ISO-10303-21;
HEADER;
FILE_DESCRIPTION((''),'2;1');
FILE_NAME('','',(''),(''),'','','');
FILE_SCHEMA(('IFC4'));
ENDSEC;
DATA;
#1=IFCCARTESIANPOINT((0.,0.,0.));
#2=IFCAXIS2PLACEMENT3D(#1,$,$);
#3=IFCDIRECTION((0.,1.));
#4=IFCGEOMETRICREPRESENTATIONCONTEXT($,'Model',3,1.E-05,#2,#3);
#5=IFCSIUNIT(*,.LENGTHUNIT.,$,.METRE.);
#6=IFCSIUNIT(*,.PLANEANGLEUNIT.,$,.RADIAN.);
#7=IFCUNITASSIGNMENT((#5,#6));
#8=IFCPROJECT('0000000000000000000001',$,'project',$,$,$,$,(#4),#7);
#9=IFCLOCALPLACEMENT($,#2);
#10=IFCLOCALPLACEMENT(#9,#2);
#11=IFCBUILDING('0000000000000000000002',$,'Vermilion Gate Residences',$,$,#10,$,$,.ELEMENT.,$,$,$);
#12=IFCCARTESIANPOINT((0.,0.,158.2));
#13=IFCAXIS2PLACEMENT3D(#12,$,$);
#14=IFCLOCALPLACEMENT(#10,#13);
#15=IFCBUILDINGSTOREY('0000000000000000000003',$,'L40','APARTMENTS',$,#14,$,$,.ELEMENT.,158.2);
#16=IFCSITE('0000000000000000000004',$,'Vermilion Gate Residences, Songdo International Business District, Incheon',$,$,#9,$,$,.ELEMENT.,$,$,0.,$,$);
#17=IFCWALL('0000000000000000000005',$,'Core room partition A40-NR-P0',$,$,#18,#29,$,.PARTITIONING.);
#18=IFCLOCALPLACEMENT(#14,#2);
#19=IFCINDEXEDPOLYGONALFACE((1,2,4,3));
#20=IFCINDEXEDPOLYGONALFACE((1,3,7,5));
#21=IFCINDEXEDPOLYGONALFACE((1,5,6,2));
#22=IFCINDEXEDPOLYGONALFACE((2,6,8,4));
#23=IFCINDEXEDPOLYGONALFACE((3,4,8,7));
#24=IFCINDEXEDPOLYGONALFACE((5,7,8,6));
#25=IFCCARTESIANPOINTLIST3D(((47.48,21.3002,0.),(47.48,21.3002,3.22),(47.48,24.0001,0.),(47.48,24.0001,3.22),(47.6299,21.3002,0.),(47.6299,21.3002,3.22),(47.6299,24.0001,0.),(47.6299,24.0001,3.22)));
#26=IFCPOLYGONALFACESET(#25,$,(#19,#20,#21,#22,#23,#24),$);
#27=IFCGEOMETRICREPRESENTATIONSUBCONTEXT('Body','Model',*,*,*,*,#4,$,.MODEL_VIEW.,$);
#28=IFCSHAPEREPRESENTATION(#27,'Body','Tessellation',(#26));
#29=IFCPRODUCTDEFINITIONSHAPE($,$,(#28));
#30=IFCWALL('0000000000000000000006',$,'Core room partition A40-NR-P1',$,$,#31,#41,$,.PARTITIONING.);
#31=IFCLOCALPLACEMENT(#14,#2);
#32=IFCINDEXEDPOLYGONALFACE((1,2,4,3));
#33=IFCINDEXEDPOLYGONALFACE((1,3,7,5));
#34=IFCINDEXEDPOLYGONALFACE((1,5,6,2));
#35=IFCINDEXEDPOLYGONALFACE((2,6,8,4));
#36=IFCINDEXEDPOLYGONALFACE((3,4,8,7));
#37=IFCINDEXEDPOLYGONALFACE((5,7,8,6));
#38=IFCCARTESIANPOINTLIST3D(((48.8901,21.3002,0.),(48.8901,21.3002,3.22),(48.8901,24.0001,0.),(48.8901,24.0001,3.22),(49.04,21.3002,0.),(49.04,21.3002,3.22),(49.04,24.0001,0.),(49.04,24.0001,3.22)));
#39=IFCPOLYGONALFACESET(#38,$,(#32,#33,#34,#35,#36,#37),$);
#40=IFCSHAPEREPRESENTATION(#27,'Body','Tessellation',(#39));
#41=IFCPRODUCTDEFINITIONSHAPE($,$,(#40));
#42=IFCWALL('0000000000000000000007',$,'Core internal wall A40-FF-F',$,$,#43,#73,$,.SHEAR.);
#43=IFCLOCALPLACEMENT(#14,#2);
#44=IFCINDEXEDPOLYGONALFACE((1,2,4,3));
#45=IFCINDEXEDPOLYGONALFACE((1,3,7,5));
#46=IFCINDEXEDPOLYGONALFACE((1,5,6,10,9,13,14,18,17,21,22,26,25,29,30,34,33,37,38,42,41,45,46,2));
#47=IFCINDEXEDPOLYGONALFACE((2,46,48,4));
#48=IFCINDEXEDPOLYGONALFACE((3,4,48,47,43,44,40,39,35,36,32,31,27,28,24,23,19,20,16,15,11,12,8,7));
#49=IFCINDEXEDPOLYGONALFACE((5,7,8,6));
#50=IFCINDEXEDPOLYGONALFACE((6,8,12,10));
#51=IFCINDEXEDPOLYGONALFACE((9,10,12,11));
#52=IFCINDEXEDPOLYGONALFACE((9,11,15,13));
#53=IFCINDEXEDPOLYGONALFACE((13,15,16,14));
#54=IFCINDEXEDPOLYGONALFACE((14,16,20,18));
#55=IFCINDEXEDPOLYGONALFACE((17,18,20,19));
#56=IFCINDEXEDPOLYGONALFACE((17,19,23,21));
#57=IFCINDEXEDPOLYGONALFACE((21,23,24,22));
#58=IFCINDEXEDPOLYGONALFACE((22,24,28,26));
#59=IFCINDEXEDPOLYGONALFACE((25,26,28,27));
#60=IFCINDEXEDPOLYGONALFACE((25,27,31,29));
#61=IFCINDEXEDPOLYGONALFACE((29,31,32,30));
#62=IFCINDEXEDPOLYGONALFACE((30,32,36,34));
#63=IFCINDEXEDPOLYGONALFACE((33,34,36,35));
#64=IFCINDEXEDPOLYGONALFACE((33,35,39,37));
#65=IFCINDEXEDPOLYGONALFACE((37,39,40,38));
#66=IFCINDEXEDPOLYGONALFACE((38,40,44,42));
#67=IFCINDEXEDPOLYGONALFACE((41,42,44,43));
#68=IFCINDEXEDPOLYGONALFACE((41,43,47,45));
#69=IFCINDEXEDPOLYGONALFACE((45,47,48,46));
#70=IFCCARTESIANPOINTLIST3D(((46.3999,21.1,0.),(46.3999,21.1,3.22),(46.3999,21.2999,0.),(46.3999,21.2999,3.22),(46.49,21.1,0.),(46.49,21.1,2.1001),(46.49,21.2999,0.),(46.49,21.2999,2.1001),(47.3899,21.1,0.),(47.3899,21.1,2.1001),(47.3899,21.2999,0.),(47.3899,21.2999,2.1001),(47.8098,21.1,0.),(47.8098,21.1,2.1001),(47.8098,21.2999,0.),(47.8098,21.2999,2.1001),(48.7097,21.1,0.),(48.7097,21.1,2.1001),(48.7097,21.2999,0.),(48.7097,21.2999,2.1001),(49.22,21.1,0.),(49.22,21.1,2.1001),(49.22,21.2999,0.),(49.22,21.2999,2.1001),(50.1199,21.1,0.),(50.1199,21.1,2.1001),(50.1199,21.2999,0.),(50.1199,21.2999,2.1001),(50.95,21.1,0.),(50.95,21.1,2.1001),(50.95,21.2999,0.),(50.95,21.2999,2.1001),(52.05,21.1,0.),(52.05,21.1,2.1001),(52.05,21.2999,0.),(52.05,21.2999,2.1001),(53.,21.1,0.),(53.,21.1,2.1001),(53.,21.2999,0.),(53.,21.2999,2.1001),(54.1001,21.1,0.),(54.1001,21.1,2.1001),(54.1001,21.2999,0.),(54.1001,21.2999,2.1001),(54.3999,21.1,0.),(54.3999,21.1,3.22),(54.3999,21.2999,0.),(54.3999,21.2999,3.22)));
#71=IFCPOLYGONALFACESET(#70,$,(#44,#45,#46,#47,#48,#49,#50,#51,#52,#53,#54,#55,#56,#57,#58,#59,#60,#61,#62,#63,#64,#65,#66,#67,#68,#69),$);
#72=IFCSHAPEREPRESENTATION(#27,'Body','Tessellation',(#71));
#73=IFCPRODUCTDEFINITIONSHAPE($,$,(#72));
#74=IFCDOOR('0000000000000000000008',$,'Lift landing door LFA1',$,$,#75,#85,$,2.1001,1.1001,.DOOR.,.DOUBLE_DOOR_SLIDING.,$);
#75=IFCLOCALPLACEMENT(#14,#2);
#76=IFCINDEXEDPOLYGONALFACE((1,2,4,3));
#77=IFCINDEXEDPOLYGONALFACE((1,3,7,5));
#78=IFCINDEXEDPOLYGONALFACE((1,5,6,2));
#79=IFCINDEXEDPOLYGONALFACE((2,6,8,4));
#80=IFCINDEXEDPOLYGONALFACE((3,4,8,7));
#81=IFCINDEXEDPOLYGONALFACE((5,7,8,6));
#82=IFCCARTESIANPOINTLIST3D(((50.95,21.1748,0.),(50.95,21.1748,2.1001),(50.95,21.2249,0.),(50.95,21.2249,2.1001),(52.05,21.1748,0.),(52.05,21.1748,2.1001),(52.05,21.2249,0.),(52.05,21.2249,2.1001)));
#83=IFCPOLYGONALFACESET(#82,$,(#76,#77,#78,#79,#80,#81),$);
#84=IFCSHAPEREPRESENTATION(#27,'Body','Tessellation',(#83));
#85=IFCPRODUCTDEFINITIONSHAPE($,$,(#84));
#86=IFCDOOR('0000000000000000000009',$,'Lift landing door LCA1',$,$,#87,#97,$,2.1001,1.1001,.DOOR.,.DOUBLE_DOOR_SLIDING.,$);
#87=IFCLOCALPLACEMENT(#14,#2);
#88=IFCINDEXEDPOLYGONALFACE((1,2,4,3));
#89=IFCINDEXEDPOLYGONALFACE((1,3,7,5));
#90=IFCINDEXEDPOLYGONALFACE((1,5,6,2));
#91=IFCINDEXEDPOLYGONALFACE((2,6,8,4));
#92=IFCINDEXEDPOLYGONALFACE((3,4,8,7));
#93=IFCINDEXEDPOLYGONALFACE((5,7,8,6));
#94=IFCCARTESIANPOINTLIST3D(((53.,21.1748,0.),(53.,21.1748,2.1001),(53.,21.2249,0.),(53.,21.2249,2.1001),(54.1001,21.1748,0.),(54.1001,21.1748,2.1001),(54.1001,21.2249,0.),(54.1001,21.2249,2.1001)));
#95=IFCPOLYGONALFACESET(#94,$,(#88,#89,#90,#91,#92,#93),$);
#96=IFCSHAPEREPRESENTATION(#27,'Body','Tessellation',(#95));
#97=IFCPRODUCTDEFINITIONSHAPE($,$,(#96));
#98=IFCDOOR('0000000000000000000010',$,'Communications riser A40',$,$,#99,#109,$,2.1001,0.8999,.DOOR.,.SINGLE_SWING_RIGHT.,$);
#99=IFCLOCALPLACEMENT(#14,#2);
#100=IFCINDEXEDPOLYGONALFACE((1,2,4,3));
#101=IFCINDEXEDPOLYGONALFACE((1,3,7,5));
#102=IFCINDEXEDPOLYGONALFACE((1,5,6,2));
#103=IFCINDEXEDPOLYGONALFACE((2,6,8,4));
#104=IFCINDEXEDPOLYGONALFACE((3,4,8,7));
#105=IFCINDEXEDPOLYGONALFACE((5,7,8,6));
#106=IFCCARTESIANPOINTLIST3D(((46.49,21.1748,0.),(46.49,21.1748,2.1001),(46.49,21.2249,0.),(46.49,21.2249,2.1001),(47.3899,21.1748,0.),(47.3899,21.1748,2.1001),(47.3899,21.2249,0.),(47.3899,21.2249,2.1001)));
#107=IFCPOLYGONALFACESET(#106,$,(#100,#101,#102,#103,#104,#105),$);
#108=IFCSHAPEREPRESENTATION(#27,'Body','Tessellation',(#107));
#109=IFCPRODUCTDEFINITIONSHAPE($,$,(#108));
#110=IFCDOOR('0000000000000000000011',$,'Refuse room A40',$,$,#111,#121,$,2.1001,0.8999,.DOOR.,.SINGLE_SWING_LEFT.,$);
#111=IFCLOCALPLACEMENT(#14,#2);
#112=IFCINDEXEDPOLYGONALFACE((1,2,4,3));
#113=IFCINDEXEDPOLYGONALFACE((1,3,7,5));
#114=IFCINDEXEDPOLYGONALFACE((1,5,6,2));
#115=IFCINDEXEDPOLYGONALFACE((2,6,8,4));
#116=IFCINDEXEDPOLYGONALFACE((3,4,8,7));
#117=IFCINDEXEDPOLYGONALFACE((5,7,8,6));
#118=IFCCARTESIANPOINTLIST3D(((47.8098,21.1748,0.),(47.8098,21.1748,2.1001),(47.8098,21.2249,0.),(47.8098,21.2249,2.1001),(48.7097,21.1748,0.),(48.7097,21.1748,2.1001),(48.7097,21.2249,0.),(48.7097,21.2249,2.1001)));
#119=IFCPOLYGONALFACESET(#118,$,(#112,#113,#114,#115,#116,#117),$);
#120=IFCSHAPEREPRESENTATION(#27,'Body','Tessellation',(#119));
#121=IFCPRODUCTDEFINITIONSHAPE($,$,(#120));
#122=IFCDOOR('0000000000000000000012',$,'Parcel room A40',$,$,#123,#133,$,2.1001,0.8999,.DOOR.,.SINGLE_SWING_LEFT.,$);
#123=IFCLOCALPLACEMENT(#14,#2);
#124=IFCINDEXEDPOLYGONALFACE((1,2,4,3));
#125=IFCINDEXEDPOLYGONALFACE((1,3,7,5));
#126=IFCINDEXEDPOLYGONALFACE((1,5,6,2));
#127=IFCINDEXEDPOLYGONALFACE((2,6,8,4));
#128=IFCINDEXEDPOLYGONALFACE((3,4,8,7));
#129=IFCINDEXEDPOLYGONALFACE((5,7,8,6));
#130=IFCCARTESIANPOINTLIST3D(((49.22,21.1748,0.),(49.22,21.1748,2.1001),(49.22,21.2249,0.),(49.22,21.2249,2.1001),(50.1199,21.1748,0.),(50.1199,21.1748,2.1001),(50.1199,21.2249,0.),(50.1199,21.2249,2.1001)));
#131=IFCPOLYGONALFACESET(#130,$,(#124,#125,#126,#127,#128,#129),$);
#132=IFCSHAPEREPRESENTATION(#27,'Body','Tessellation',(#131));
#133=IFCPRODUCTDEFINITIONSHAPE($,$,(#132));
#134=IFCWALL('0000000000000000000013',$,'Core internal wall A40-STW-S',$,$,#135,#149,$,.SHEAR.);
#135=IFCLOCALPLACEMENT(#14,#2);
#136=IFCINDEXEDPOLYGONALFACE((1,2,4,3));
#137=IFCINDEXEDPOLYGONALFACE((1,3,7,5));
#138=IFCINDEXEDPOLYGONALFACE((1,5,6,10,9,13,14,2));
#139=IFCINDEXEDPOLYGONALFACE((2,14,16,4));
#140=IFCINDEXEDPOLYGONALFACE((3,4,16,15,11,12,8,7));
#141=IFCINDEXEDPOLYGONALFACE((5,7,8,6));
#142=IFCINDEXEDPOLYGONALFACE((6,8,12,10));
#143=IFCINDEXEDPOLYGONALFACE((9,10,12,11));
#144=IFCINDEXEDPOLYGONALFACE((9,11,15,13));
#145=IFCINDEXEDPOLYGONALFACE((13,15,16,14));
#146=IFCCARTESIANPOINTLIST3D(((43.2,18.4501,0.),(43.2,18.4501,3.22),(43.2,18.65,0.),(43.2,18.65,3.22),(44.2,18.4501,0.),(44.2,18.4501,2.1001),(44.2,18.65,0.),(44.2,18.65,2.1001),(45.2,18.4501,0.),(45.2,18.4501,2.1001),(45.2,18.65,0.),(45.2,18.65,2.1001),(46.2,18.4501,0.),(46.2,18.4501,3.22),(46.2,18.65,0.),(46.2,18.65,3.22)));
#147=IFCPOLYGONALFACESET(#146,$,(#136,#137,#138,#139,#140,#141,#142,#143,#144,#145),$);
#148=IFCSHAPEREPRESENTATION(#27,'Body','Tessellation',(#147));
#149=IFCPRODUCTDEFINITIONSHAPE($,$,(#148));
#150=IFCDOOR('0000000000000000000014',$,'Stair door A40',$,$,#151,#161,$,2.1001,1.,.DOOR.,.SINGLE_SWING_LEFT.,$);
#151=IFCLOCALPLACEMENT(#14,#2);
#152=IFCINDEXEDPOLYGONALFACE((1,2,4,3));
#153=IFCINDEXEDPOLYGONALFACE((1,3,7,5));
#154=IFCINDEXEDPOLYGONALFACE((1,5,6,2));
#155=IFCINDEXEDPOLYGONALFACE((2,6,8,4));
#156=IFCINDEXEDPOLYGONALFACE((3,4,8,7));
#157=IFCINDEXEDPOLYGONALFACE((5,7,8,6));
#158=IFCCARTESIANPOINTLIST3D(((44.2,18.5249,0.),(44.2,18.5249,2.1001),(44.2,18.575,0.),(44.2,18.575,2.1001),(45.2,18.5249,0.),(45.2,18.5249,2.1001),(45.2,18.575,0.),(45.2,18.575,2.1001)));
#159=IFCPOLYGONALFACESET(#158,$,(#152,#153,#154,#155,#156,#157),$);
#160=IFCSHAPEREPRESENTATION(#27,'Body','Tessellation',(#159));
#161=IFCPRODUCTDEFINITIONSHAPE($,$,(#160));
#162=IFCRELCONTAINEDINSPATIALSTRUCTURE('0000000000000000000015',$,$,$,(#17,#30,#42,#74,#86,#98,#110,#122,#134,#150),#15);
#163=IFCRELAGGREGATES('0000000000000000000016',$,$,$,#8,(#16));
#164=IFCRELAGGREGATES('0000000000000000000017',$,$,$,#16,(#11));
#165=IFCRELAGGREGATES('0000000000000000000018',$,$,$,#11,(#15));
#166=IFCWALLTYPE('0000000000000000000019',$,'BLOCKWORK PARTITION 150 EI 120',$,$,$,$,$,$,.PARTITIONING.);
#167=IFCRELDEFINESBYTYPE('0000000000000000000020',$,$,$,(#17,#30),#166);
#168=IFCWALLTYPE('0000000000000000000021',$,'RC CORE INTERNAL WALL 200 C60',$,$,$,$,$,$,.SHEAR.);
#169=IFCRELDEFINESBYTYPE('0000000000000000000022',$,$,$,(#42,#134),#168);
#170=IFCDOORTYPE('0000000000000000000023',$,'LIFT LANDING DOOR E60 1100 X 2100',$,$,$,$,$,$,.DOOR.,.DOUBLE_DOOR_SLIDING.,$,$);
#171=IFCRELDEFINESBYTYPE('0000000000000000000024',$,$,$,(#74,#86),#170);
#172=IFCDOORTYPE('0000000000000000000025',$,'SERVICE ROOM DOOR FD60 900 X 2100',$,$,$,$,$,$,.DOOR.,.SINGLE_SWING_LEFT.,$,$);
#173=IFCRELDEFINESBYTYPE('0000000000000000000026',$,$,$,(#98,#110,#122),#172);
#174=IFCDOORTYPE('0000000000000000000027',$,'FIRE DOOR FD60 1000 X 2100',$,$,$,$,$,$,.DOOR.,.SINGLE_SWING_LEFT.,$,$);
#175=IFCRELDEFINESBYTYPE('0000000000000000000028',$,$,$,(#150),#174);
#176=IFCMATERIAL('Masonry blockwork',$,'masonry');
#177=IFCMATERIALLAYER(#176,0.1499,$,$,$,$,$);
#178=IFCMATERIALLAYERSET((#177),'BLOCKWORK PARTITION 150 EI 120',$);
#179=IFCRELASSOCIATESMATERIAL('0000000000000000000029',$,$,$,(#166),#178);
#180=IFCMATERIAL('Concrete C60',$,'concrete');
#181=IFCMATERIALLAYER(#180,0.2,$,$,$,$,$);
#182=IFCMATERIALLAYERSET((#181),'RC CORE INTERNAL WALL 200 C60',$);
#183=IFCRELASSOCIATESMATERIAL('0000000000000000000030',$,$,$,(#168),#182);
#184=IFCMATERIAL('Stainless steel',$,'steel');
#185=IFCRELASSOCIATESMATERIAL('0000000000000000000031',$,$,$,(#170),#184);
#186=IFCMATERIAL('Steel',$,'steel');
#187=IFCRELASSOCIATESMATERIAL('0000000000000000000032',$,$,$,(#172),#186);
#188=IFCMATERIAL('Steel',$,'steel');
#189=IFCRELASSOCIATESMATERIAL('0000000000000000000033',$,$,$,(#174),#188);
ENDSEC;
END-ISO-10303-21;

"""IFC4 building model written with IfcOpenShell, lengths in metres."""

from ifc_helpers import new_model, si_unit, direction, frame, frame_2d, origin, place, context, subcontext, project, spatial, rectangle, extrude, material, layer, layer_set, type_object, element, fill, save


model = new_model("IFC4")

# Units and contexts
model_context = context("Model", 3, precision=1e-05, world=origin(), true_north=direction((0.0, 1.0)))
body_context = subcontext(model_context, "Body", "Model", "MODEL_VIEW")
ifc_project = project(units=[si_unit("LENGTHUNIT", "METRE"), si_unit("PLANEANGLEUNIT", "RADIAN")], contexts=[model_context])

# Site, building, storey
site_placement = place(None, origin())
site = spatial("IfcSite", under=ifc_project, at=site_placement, Name="Vermilion Gate Residences, Songdo International Business District, Incheon", CompositionType="ELEMENT", RefElevation=0.0)
building_placement = place(site_placement, origin())
building = spatial("IfcBuilding", under=site, at=building_placement, Name="Vermilion Gate Residences", CompositionType="ELEMENT")
storey_placement = place(building_placement, frame((0.0, 0.0, 158.2)))
storey = spatial("IfcBuildingStorey", under=building, at=storey_placement, Name="L40", Description="APARTMENTS", CompositionType="ELEMENT", Elevation=158.2)

# Walls
ifc_material_1 = material(Name="Masonry blockwork", Category="masonry")
ifc_layer_1 = layer(ifc_material_1, 0.1499)
ifc_layer_set_1 = layer_set([ifc_layer_1], Name="BLOCKWORK PARTITION 150 EI 120")
wall_type_1 = type_object("IfcWallType", Name="BLOCKWORK PARTITION 150 EI 120", PredefinedType="PARTITIONING", material=ifc_layer_set_1)
for number, where, z_axis, x_axis, name in (
    (1, (47.5549, 21.3, 0.0), (0.0, 0.0, 1.0), (0.0, 1.0, 0.0), "Core room partition A40-NR-P0"),
    (2, (48.9651, 21.3, 0.0), (0.0, 0.0, 1.0), (0.0, 1.0, 0.0), "Core room partition A40-NR-P1"),
):
    element("IfcWall", number, at=place(storey_placement, frame(where, z_axis=z_axis, x_axis=x_axis)), inside=storey, type_object=wall_type_1, Name=name, PredefinedType="PARTITIONING", context=body_context, shape_type="SweptSolid", body=[
        extrude(rectangle(XDim=2.7, YDim=0.1499, at=frame_2d((1.3501, 0.0))), origin(), (0.0, 0.0, 1.0), 3.22),
    ])

# Wall, openings, doors
ifc_material_2 = material(Name="Concrete C60", Category="concrete")
ifc_layer_2 = layer(ifc_material_2, 0.2)
ifc_layer_set_2 = layer_set([ifc_layer_2], Name="RC CORE INTERNAL WALL 200 C60")
wall_type_2 = type_object("IfcWallType", Name="RC CORE INTERNAL WALL 200 C60", PredefinedType="SHEAR", material=ifc_layer_set_2)
wall_1_placement = place(storey_placement, frame((46.3999, 21.2, 0.0), z_axis=(0.0, 0.0, 1.0), x_axis=(1.0, 0.0, 0.0)))
wall_1 = element("IfcWall", 3, at=wall_1_placement, inside=storey, type_object=wall_type_2, Name="Core internal wall A40-FF-F", PredefinedType="SHEAR", context=body_context, shape_type="SweptSolid", body=[
    extrude(rectangle(XDim=8.0, YDim=0.2, at=frame_2d((4.0, 0.0))), origin(), (0.0, 0.0, 1.0), 3.22),
])
opening_1_placement = place(wall_1_placement, frame((0.0901, 0.0, 0.0)))
opening_1 = element("IfcOpeningElement", 4, at=opening_1_placement, cuts=wall_1, PredefinedType="OPENING", context=body_context, shape_type="SweptSolid", body=[
    extrude(rectangle(XDim=0.8999, YDim=2.1001, at=frame_2d((0.45, 1.05))), frame((0.0, 0.1099, 0.0), z_axis=(0.0, -1.0, 0.0), x_axis=(1.0, 0.0, 0.0)), (0.0, 0.0, 1.0), 0.22),
])
opening_2_placement = place(wall_1_placement, frame((1.4099, 0.0, 0.0)))
opening_2 = element("IfcOpeningElement", 5, at=opening_2_placement, cuts=wall_1, PredefinedType="OPENING", context=body_context, shape_type="SweptSolid", body=[
    extrude(rectangle(XDim=0.8999, YDim=2.1001, at=frame_2d((0.45, 1.05))), frame((0.0, 0.1099, 0.0), z_axis=(0.0, -1.0, 0.0), x_axis=(1.0, 0.0, 0.0)), (0.0, 0.0, 1.0), 0.22),
])
opening_3_placement = place(wall_1_placement, frame((2.8201, 0.0, 0.0)))
opening_3 = element("IfcOpeningElement", 6, at=opening_3_placement, cuts=wall_1, PredefinedType="OPENING", context=body_context, shape_type="SweptSolid", body=[
    extrude(rectangle(XDim=0.8999, YDim=2.1001, at=frame_2d((0.45, 1.05))), frame((0.0, 0.1099, 0.0), z_axis=(0.0, -1.0, 0.0), x_axis=(1.0, 0.0, 0.0)), (0.0, 0.0, 1.0), 0.22),
])
opening_4_placement = place(wall_1_placement, frame((4.55, 0.0, 0.0)))
opening_4 = element("IfcOpeningElement", 7, at=opening_4_placement, cuts=wall_1, PredefinedType="OPENING", context=body_context, shape_type="SweptSolid", body=[
    extrude(rectangle(XDim=1.1001, YDim=2.1001, at=frame_2d((0.55, 1.05))), frame((0.0, 0.1099, 0.0), z_axis=(0.0, -1.0, 0.0), x_axis=(1.0, 0.0, 0.0)), (0.0, 0.0, 1.0), 0.22),
])
opening_5_placement = place(wall_1_placement, frame((6.6001, 0.0, 0.0)))
opening_5 = element("IfcOpeningElement", 8, at=opening_5_placement, cuts=wall_1, PredefinedType="OPENING", context=body_context, shape_type="SweptSolid", body=[
    extrude(rectangle(XDim=1.1001, YDim=2.1001, at=frame_2d((0.55, 1.05))), frame((0.0, 0.1099, 0.0), z_axis=(0.0, -1.0, 0.0), x_axis=(1.0, 0.0, 0.0)), (0.0, 0.0, 1.0), 0.22),
])
ifc_material_3 = material(Name="Stainless steel", Category="steel")
door_type_1 = type_object("IfcDoorType", Name="LIFT LANDING DOOR E60 1100 X 2100", OperationType="DOUBLE_DOOR_SLIDING", PredefinedType="DOOR", material=ifc_material_3)
door_1_placement = place(opening_4_placement, origin())
door_1 = element("IfcDoor", 9, at=door_1_placement, inside=storey, type_object=door_type_1, Name="Lift landing door LFA1", OperationType="DOUBLE_DOOR_SLIDING", OverallHeight=2.1001, OverallWidth=1.1001, PredefinedType="DOOR", context=body_context, shape_type="SweptSolid", body=[
    extrude(rectangle(XDim=1.1001, YDim=2.1001, at=frame_2d((0.55, 1.05))), frame((0.0, 0.0249, 0.0), z_axis=(0.0, -1.0, 0.0), x_axis=(1.0, 0.0, 0.0)), (0.0, 0.0, 1.0), 0.05),
])
fill(opening_4, door_1)
door_2_placement = place(opening_5_placement, origin())
door_2 = element("IfcDoor", 10, at=door_2_placement, inside=storey, type_object=door_type_1, Name="Lift landing door LCA1", OperationType="DOUBLE_DOOR_SLIDING", OverallHeight=2.1001, OverallWidth=1.1001, PredefinedType="DOOR", context=body_context, shape_type="SweptSolid", body=[
    extrude(rectangle(XDim=1.1001, YDim=2.1001, at=frame_2d((0.55, 1.05))), frame((0.0, 0.0249, 0.0), z_axis=(0.0, -1.0, 0.0), x_axis=(1.0, 0.0, 0.0)), (0.0, 0.0, 1.0), 0.05),
])
fill(opening_5, door_2)
ifc_material_4 = material(Name="Steel", Category="steel")
door_type_2 = type_object("IfcDoorType", Name="SERVICE ROOM DOOR FD60 900 X 2100", OperationType="SINGLE_SWING_LEFT", PredefinedType="DOOR", material=ifc_material_4)
door_3_placement = place(opening_1_placement, origin())
door_3 = element("IfcDoor", 11, at=door_3_placement, inside=storey, type_object=door_type_2, Name="Communications riser A40", OperationType="SINGLE_SWING_RIGHT", OverallHeight=2.1001, OverallWidth=0.8999, PredefinedType="DOOR", context=body_context, shape_type="SweptSolid", body=[
    extrude(rectangle(XDim=0.8999, YDim=2.1001, at=frame_2d((0.45, 1.05))), frame((0.0, 0.0249, 0.0), z_axis=(0.0, -1.0, 0.0), x_axis=(1.0, 0.0, 0.0)), (0.0, 0.0, 1.0), 0.05),
])
fill(opening_1, door_3)
door_4_placement = place(opening_2_placement, origin())
door_4 = element("IfcDoor", 12, at=door_4_placement, inside=storey, type_object=door_type_2, Name="Refuse room A40", OperationType="SINGLE_SWING_LEFT", OverallHeight=2.1001, OverallWidth=0.8999, PredefinedType="DOOR", context=body_context, shape_type="SweptSolid", body=[
    extrude(rectangle(XDim=0.8999, YDim=2.1001, at=frame_2d((0.45, 1.05))), frame((0.0, 0.0249, 0.0), z_axis=(0.0, -1.0, 0.0), x_axis=(1.0, 0.0, 0.0)), (0.0, 0.0, 1.0), 0.05),
])
fill(opening_2, door_4)
door_5_placement = place(opening_3_placement, origin())
door_5 = element("IfcDoor", 13, at=door_5_placement, inside=storey, type_object=door_type_2, Name="Parcel room A40", OperationType="SINGLE_SWING_LEFT", OverallHeight=2.1001, OverallWidth=0.8999, PredefinedType="DOOR", context=body_context, shape_type="SweptSolid", body=[
    extrude(rectangle(XDim=0.8999, YDim=2.1001, at=frame_2d((0.45, 1.05))), frame((0.0, 0.0249, 0.0), z_axis=(0.0, -1.0, 0.0), x_axis=(1.0, 0.0, 0.0)), (0.0, 0.0, 1.0), 0.05),
])
fill(opening_3, door_5)

# Wall, opening, door
wall_2_placement = place(storey_placement, frame((43.2, 18.55, 0.0), z_axis=(0.0, 0.0, 1.0), x_axis=(1.0, 0.0, 0.0)))
wall_2 = element("IfcWall", 14, at=wall_2_placement, inside=storey, type_object=wall_type_2, Name="Core internal wall A40-STW-S", PredefinedType="SHEAR", context=body_context, shape_type="SweptSolid", body=[
    extrude(rectangle(XDim=3.0, YDim=0.2, at=frame_2d((1.5, 0.0))), origin(), (0.0, 0.0, 1.0), 3.22),
])
opening_6_placement = place(wall_2_placement, frame((1.0, 0.0, 0.0)))
opening_6 = element("IfcOpeningElement", 15, at=opening_6_placement, cuts=wall_2, PredefinedType="OPENING", context=body_context, shape_type="SweptSolid", body=[
    extrude(rectangle(XDim=1.0, YDim=2.1001, at=frame_2d((0.5, 1.05))), frame((0.0, 0.1099, 0.0), z_axis=(0.0, -1.0, 0.0), x_axis=(1.0, 0.0, 0.0)), (0.0, 0.0, 1.0), 0.22),
])
ifc_material_5 = material(Name="Steel", Category="steel")
door_type_3 = type_object("IfcDoorType", Name="FIRE DOOR FD60 1000 X 2100", OperationType="SINGLE_SWING_LEFT", PredefinedType="DOOR", material=ifc_material_5)
door_6_placement = place(opening_6_placement, origin())
door_6 = element("IfcDoor", 16, at=door_6_placement, inside=storey, type_object=door_type_3, Name="Stair door A40", OperationType="SINGLE_SWING_LEFT", OverallHeight=2.1001, OverallWidth=1.0, PredefinedType="DOOR", context=body_context, shape_type="SweptSolid", body=[
    extrude(rectangle(XDim=1.0, YDim=2.1001, at=frame_2d((0.5, 1.05))), frame((0.0, 0.0249, 0.0), z_axis=(0.0, -1.0, 0.0), x_axis=(1.0, 0.0, 0.0)), (0.0, 0.0, 1.0), 0.05),
])
fill(opening_6, door_6)

save(model, "model.ifc")
